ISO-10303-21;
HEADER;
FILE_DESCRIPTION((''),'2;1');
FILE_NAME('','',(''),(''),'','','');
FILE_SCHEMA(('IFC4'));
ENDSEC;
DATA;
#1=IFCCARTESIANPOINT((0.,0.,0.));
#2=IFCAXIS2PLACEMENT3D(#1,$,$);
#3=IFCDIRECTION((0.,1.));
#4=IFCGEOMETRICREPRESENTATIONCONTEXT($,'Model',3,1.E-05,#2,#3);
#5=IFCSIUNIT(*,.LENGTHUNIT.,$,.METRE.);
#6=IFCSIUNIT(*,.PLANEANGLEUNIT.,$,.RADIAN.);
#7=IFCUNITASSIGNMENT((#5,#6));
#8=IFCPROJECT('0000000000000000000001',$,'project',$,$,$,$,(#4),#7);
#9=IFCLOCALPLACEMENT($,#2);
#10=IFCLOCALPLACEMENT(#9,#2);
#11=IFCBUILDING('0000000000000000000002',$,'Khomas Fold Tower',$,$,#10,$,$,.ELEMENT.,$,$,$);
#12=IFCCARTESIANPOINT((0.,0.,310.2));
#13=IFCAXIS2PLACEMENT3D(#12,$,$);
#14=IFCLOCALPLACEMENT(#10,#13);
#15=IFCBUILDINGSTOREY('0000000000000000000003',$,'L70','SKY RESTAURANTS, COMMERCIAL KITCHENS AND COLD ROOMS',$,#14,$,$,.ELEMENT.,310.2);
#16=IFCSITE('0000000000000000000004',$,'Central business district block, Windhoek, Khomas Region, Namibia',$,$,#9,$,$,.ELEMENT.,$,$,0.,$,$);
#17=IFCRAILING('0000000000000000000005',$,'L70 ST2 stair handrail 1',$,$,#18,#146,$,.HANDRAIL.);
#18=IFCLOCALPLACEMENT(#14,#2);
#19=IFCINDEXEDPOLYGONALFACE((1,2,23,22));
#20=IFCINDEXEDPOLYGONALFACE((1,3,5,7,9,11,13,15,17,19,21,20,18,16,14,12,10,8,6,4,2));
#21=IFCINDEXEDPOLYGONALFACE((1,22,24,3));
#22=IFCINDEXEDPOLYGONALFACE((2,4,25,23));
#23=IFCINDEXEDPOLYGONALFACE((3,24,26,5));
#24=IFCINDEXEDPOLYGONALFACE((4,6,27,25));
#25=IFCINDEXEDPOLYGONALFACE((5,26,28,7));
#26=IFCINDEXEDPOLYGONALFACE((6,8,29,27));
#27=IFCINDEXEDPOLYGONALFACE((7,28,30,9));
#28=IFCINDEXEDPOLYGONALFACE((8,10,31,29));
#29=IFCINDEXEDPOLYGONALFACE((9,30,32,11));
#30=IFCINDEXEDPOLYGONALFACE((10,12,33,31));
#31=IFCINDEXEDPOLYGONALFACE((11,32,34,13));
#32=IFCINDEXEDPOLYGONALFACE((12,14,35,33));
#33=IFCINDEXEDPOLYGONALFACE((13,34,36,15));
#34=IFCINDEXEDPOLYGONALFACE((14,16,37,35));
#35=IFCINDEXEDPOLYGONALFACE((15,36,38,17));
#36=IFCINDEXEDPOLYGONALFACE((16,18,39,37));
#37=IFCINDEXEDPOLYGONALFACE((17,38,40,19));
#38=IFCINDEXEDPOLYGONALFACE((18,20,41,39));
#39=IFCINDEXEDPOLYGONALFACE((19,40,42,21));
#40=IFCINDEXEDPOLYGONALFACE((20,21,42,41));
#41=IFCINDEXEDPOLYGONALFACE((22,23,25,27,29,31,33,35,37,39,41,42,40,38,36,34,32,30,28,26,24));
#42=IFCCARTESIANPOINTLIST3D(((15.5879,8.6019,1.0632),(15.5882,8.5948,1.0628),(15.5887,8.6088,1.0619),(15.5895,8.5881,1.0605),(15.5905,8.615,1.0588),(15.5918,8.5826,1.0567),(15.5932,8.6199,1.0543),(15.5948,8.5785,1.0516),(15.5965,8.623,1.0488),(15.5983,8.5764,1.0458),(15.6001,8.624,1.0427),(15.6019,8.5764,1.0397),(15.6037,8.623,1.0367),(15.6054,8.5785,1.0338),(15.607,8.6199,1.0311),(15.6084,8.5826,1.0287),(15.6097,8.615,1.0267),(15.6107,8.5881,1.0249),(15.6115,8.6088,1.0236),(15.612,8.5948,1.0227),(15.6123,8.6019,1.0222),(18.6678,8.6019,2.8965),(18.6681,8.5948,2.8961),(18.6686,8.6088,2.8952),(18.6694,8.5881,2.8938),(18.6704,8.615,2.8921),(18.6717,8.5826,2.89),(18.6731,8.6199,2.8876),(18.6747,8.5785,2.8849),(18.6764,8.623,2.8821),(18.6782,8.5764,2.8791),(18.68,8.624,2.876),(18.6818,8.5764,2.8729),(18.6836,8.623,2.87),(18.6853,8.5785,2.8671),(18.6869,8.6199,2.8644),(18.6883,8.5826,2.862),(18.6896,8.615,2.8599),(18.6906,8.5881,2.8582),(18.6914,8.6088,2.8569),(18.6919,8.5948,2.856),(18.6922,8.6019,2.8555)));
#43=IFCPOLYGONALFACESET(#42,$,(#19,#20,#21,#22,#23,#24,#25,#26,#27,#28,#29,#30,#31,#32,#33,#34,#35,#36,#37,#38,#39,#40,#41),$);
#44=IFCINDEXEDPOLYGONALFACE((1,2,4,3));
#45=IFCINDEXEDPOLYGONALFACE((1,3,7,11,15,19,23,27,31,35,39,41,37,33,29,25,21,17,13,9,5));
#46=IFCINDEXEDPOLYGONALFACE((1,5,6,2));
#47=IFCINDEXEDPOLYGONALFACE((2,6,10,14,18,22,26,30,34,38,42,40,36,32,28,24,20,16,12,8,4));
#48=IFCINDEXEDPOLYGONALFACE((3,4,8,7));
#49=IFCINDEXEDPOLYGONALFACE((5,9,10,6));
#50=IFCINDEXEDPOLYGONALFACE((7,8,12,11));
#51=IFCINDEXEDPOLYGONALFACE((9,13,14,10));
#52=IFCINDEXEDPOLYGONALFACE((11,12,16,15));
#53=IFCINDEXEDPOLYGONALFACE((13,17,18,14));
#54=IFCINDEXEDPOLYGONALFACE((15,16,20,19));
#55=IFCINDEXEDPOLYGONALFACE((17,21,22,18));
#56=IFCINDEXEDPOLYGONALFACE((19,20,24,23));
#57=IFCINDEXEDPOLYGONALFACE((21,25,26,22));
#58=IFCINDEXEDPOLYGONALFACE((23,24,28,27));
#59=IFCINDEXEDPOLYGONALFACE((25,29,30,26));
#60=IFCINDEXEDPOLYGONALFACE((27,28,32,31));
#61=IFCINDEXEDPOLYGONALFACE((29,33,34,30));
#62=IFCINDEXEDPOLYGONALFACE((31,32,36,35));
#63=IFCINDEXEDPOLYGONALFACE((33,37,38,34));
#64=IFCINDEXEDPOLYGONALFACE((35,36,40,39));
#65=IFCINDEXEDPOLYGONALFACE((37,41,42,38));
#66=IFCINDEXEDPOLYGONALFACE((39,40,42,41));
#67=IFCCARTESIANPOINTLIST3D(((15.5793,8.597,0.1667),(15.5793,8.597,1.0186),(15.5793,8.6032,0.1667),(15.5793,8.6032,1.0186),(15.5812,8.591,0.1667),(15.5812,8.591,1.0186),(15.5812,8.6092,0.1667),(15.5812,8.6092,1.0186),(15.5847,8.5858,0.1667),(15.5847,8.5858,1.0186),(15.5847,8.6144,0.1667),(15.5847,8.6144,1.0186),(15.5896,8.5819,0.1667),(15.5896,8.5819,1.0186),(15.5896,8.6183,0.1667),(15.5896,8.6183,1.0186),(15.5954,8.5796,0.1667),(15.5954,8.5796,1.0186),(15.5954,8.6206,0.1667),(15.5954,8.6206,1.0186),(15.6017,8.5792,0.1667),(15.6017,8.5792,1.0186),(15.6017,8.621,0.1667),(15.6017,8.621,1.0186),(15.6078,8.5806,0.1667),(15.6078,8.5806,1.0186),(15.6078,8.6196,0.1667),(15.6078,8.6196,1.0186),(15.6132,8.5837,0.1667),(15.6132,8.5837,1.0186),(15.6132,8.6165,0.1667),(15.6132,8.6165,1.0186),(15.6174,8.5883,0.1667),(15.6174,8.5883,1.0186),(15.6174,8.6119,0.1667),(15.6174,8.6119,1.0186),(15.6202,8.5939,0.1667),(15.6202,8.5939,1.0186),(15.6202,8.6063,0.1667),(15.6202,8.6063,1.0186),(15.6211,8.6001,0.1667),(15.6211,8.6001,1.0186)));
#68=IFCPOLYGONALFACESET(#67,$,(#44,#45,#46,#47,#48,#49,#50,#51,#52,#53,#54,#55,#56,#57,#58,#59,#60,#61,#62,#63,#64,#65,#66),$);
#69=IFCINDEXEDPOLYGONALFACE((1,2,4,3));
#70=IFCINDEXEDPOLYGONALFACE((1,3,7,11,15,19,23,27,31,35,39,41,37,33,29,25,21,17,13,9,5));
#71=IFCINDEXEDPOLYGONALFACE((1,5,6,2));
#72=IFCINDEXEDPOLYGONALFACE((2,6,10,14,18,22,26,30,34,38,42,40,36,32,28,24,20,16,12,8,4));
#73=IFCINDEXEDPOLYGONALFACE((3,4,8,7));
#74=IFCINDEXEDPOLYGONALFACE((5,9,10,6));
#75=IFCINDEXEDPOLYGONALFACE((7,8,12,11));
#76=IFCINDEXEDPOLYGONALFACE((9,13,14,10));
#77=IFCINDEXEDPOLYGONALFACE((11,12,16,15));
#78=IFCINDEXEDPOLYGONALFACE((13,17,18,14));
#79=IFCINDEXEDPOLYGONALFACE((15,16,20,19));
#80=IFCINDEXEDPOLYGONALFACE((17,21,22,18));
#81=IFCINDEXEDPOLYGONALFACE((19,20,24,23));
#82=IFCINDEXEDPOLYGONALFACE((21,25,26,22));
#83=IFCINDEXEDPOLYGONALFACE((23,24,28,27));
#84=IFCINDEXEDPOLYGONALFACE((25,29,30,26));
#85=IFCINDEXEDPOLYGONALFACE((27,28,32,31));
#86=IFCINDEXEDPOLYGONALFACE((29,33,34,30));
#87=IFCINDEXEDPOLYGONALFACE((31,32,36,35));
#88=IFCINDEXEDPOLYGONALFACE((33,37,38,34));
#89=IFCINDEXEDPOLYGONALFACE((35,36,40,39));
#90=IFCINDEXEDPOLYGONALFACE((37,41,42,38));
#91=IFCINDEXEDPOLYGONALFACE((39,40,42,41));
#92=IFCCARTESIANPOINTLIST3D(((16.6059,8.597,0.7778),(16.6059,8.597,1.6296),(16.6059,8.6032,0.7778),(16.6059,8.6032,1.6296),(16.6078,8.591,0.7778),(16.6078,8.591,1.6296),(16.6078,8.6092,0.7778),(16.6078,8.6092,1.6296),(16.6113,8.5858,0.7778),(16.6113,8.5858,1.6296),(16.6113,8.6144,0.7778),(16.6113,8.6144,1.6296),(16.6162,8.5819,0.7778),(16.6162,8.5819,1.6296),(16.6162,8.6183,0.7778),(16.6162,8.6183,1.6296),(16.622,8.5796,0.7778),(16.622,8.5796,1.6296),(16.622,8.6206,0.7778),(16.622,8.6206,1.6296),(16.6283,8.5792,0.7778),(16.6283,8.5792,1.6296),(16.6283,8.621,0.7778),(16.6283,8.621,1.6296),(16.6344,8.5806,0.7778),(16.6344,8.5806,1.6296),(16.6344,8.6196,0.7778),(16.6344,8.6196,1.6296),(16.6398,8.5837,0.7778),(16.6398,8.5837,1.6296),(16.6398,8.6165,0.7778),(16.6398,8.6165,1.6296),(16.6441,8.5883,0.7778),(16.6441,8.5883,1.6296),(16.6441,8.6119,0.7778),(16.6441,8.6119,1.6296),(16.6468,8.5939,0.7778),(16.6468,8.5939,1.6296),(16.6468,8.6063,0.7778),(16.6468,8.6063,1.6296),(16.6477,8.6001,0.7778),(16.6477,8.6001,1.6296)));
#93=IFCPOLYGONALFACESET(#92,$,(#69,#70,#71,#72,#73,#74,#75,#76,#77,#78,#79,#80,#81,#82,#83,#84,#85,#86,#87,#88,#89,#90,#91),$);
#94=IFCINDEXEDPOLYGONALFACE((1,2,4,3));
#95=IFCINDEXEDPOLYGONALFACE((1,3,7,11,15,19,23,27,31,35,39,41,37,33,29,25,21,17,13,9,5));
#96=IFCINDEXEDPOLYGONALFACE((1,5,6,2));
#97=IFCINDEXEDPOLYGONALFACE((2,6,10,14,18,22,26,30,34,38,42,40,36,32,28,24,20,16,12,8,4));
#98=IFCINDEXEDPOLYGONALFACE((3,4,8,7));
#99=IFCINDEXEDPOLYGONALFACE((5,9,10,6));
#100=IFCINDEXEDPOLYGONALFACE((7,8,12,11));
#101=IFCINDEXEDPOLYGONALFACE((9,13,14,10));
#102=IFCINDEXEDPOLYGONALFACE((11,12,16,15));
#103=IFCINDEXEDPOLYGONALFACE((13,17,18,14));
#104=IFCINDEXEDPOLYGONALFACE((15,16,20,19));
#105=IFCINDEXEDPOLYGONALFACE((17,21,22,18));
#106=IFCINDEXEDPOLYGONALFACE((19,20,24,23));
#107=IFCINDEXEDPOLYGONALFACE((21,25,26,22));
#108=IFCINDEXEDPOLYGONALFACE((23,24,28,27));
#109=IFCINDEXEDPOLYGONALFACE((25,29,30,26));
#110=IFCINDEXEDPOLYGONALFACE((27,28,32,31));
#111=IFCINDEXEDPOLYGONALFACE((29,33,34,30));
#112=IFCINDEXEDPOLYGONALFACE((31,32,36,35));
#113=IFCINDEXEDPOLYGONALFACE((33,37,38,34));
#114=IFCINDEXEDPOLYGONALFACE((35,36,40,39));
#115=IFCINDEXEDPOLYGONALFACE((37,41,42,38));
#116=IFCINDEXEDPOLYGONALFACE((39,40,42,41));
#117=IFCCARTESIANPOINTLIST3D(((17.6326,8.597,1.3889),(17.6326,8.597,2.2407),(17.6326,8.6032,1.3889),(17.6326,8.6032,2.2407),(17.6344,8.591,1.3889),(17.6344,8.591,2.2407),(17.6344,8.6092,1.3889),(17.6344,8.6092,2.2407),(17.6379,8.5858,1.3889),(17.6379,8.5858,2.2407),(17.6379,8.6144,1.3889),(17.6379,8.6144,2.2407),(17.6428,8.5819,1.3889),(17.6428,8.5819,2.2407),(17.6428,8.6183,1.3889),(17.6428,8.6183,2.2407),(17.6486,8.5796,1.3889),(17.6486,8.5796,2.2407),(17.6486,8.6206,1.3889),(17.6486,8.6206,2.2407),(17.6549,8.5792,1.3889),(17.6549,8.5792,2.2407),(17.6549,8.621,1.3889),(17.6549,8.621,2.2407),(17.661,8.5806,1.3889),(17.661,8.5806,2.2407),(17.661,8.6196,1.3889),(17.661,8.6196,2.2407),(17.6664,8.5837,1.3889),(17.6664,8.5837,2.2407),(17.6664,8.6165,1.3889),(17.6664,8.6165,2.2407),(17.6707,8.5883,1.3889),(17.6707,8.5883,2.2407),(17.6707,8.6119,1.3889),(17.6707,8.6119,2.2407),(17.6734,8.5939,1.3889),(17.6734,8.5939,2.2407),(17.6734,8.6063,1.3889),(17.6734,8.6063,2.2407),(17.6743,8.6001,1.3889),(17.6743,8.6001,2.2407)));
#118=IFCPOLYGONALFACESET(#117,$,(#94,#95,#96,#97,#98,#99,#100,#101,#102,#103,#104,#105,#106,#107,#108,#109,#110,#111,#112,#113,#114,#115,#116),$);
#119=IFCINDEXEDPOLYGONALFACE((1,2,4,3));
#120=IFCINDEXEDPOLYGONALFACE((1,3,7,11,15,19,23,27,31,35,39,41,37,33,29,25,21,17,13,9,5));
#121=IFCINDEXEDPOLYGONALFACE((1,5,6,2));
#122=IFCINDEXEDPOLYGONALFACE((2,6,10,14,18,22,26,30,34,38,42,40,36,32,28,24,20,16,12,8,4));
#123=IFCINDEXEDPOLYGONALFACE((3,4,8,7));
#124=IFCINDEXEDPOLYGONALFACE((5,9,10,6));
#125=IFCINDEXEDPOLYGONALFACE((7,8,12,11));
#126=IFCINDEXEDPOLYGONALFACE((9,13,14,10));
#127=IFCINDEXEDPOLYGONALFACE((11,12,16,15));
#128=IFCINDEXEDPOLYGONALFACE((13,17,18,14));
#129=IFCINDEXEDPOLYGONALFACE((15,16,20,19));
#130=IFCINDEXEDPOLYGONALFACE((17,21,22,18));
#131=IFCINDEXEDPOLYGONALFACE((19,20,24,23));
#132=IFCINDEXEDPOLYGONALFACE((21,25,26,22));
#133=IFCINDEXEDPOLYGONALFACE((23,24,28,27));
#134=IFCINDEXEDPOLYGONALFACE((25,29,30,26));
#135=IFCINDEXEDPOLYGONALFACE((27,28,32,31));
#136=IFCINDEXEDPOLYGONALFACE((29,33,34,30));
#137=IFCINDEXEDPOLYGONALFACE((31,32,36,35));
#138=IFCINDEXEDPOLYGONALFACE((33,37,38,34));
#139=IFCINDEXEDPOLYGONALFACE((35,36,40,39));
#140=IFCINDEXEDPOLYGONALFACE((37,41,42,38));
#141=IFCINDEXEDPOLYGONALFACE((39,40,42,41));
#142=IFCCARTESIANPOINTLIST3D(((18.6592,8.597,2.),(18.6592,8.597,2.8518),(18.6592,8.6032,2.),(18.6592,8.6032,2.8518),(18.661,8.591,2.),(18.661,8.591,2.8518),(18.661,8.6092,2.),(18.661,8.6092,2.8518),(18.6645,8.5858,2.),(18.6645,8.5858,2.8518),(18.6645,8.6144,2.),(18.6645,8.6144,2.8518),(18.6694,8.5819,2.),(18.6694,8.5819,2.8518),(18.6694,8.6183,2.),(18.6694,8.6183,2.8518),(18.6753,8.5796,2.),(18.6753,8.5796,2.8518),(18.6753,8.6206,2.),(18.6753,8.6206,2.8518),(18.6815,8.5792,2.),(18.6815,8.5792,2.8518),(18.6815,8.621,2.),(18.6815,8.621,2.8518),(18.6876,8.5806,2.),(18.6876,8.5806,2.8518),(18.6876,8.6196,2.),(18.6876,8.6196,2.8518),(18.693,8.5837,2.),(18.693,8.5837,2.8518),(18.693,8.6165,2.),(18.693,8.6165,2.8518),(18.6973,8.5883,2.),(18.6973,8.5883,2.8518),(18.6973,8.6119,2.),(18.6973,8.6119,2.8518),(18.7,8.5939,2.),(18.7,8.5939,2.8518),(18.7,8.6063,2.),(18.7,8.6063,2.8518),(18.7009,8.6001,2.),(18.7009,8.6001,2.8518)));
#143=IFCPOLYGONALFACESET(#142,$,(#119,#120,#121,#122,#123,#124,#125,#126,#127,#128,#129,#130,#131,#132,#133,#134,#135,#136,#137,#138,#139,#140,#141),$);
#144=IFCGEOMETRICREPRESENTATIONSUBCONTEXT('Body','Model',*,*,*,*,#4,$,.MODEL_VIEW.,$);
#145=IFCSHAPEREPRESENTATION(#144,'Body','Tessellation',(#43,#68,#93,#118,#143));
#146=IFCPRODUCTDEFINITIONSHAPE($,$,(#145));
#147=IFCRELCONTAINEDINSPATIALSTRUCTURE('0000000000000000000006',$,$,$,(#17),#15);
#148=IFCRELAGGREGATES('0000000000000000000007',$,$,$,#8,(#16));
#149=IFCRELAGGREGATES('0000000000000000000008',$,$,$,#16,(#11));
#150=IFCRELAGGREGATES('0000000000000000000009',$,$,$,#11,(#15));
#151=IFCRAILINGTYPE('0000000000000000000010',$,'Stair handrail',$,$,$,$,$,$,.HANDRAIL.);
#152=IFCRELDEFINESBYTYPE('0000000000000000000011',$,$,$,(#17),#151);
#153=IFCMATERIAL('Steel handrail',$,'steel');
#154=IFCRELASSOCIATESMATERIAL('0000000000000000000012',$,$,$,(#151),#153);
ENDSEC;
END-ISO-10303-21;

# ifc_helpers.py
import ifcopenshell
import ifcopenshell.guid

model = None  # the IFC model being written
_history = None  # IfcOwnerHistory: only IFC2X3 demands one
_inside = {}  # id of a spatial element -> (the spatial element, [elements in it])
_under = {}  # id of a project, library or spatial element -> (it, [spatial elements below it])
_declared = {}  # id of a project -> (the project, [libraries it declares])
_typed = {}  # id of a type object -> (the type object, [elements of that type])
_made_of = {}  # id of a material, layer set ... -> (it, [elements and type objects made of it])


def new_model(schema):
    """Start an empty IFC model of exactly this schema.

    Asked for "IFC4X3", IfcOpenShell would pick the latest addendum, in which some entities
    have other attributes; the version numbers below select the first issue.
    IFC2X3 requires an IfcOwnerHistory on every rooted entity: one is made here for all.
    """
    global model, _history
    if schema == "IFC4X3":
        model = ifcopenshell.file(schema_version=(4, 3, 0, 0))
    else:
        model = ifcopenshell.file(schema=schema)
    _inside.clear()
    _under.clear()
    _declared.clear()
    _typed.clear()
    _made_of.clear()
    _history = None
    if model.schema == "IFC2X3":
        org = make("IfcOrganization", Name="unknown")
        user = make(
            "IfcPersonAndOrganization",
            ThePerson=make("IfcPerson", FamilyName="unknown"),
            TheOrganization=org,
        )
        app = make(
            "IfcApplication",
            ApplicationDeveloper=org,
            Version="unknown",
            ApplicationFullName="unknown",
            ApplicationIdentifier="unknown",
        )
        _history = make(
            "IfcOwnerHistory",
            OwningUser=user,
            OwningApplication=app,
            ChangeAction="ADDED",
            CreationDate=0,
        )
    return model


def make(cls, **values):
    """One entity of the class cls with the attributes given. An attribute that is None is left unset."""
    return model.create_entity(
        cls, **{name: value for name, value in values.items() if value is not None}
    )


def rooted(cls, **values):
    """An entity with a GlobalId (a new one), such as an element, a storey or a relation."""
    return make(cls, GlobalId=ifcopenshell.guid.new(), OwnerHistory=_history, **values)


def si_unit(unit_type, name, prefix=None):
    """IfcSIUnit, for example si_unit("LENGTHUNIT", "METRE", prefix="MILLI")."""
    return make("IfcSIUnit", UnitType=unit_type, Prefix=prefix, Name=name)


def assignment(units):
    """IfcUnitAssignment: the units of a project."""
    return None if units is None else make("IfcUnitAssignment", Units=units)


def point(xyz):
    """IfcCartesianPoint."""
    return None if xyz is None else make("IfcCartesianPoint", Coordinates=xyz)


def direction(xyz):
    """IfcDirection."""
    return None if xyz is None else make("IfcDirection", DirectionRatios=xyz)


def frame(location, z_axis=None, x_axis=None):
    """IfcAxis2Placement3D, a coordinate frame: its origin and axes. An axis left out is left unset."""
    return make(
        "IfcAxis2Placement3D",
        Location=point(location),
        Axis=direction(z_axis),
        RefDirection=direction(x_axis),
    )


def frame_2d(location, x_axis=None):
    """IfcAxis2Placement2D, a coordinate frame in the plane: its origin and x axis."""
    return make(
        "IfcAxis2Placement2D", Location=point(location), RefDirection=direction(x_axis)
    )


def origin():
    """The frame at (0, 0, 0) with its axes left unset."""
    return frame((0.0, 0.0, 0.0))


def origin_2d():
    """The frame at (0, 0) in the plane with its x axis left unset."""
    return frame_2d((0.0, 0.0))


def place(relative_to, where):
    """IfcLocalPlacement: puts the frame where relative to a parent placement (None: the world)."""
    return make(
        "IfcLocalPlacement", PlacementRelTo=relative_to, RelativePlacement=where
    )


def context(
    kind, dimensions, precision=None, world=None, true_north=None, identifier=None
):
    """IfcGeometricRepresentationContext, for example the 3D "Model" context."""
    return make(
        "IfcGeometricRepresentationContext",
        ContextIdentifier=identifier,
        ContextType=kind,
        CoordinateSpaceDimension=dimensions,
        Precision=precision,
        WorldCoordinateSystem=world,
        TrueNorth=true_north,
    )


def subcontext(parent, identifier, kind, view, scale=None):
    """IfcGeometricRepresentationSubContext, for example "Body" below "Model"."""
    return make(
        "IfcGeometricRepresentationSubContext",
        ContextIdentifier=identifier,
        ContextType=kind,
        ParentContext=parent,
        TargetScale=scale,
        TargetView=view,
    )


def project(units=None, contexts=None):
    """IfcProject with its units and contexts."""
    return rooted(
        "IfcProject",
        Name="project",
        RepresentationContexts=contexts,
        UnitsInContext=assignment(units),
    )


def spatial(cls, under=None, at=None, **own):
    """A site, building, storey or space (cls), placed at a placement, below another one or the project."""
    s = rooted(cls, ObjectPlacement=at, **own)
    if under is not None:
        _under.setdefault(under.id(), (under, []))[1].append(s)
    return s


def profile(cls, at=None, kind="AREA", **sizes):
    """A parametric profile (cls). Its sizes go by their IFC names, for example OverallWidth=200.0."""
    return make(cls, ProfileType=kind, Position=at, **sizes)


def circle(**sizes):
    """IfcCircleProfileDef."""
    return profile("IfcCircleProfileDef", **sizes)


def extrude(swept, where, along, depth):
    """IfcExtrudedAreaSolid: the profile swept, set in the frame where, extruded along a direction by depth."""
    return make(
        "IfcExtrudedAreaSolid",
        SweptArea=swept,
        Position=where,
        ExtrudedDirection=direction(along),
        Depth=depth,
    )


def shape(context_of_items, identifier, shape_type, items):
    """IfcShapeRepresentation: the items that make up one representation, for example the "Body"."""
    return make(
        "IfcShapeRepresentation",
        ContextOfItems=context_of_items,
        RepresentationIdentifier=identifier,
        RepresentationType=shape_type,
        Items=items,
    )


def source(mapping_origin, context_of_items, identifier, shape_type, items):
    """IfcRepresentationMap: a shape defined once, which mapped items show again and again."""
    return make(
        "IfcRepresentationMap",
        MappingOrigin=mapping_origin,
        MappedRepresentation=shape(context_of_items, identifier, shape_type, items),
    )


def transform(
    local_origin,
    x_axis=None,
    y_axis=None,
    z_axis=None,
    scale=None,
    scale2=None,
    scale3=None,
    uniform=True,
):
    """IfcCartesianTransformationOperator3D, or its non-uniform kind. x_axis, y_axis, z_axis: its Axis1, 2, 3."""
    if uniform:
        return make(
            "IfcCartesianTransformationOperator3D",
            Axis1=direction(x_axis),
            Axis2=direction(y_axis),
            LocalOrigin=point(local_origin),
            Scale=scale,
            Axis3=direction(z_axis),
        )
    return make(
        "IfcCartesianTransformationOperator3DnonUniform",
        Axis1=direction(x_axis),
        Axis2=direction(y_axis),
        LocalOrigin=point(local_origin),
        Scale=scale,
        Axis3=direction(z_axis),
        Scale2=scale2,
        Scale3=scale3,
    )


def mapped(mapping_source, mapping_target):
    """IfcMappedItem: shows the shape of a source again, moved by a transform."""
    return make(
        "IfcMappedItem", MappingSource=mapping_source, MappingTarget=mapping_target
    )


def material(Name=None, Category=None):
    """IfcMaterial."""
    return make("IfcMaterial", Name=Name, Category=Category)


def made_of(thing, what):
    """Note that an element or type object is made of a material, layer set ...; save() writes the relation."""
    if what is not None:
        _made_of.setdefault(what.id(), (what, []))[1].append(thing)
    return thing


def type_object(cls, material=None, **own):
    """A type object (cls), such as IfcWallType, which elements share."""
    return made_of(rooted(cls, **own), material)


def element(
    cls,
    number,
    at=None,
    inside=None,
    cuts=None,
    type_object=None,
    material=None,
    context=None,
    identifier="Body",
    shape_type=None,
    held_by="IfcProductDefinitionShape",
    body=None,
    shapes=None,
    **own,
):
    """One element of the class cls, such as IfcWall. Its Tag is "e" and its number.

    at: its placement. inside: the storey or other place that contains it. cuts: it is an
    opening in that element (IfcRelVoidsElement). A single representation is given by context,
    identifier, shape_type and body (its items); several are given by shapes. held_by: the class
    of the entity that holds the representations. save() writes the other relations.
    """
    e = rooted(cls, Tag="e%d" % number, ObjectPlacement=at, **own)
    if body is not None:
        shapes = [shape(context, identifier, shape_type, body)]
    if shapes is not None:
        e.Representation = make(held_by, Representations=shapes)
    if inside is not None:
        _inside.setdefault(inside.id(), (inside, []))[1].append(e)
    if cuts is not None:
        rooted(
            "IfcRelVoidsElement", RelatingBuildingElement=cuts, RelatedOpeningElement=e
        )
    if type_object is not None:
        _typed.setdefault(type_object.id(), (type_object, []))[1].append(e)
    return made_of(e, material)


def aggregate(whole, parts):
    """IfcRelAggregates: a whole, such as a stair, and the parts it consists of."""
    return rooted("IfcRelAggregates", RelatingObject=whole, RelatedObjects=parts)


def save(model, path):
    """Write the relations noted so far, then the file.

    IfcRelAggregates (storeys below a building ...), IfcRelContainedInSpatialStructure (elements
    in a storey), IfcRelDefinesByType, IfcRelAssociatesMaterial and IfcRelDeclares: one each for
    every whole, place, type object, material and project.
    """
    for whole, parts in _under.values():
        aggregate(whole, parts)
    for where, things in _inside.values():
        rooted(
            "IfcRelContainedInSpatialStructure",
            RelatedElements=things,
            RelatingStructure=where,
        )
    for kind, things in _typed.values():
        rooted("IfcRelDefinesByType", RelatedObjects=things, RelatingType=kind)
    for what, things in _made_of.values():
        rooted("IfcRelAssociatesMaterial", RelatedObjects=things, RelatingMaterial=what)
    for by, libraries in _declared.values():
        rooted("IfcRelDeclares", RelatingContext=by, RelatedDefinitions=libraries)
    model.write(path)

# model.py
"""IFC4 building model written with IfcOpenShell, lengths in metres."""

from ifc_helpers import new_model, si_unit, direction, frame, origin, origin_2d, place, context, subcontext, project, spatial, circle, extrude, source, transform, mapped, material, type_object, element, save


model = new_model("IFC4")

# Units and contexts
model_context = context("Model", 3, precision=1e-05, world=origin(), true_north=direction((0.0, 1.0)))
body_context = subcontext(model_context, "Body", "Model", "MODEL_VIEW")
ifc_project = project(units=[si_unit("LENGTHUNIT", "METRE"), si_unit("PLANEANGLEUNIT", "RADIAN")], contexts=[model_context])

# Site, building, storey
site_placement = place(None, origin())
site = spatial("IfcSite", under=ifc_project, at=site_placement, Name="Central business district block, Windhoek, Khomas Region, Namibia", CompositionType="ELEMENT", RefElevation=0.0)
building_placement = place(site_placement, origin())
building = spatial("IfcBuilding", under=site, at=building_placement, Name="Khomas Fold Tower", CompositionType="ELEMENT")
storey_placement = place(building_placement, frame((0.0, 0.0, 310.2)))
storey = spatial("IfcBuildingStorey", under=building, at=storey_placement, Name="L70", Description="SKY RESTAURANTS, COMMERCIAL KITCHENS AND COLD ROOMS", CompositionType="ELEMENT", Elevation=310.2)

# Railing
ifc_material_1 = material(Name="Steel handrail", Category="steel")
railing_type_1 = type_object("IfcRailingType", Name="Stair handrail", PredefinedType="HANDRAIL", material=ifc_material_1)
shared_shape_1 = source(origin(), body_context, "Body", "SweptSolid", [
    extrude(circle(Radius=0.0239, at=origin_2d()), frame((0.0, 0.0, 0.876), z_axis=(0.859291, 0.0, 0.511487), x_axis=(0.0, 1.0, 0.0)), (0.0, 0.0, 1.0), 3.5842),
    extrude(circle(Radius=0.021, at=origin_2d()), origin(), (0.0, 0.0, 1.0), 0.8518),
    extrude(circle(Radius=0.021, at=origin_2d()), frame((1.0266, 0.0, 0.6111)), (0.0, 0.0, 1.0), 0.8518),
    extrude(circle(Radius=0.021, at=origin_2d()), frame((2.0532, 0.0, 1.2222)), (0.0, 0.0, 1.0), 0.8518),
    extrude(circle(Radius=0.021, at=origin_2d()), frame((3.0798, 0.0, 1.8333)), (0.0, 0.0, 1.0), 0.8518),
])
railing_1_placement = place(storey_placement, frame((15.6001, 8.6001, 0.1667)))
element("IfcRailing", 1, at=railing_1_placement, inside=storey, type_object=railing_type_1, Name="L70 ST2 stair handrail 1", PredefinedType="HANDRAIL", context=body_context, shape_type="MappedRepresentation", body=[
    mapped(shared_shape_1, transform((0.0, 0.0, 0.0))),
])

save(model, "model.ifc")
